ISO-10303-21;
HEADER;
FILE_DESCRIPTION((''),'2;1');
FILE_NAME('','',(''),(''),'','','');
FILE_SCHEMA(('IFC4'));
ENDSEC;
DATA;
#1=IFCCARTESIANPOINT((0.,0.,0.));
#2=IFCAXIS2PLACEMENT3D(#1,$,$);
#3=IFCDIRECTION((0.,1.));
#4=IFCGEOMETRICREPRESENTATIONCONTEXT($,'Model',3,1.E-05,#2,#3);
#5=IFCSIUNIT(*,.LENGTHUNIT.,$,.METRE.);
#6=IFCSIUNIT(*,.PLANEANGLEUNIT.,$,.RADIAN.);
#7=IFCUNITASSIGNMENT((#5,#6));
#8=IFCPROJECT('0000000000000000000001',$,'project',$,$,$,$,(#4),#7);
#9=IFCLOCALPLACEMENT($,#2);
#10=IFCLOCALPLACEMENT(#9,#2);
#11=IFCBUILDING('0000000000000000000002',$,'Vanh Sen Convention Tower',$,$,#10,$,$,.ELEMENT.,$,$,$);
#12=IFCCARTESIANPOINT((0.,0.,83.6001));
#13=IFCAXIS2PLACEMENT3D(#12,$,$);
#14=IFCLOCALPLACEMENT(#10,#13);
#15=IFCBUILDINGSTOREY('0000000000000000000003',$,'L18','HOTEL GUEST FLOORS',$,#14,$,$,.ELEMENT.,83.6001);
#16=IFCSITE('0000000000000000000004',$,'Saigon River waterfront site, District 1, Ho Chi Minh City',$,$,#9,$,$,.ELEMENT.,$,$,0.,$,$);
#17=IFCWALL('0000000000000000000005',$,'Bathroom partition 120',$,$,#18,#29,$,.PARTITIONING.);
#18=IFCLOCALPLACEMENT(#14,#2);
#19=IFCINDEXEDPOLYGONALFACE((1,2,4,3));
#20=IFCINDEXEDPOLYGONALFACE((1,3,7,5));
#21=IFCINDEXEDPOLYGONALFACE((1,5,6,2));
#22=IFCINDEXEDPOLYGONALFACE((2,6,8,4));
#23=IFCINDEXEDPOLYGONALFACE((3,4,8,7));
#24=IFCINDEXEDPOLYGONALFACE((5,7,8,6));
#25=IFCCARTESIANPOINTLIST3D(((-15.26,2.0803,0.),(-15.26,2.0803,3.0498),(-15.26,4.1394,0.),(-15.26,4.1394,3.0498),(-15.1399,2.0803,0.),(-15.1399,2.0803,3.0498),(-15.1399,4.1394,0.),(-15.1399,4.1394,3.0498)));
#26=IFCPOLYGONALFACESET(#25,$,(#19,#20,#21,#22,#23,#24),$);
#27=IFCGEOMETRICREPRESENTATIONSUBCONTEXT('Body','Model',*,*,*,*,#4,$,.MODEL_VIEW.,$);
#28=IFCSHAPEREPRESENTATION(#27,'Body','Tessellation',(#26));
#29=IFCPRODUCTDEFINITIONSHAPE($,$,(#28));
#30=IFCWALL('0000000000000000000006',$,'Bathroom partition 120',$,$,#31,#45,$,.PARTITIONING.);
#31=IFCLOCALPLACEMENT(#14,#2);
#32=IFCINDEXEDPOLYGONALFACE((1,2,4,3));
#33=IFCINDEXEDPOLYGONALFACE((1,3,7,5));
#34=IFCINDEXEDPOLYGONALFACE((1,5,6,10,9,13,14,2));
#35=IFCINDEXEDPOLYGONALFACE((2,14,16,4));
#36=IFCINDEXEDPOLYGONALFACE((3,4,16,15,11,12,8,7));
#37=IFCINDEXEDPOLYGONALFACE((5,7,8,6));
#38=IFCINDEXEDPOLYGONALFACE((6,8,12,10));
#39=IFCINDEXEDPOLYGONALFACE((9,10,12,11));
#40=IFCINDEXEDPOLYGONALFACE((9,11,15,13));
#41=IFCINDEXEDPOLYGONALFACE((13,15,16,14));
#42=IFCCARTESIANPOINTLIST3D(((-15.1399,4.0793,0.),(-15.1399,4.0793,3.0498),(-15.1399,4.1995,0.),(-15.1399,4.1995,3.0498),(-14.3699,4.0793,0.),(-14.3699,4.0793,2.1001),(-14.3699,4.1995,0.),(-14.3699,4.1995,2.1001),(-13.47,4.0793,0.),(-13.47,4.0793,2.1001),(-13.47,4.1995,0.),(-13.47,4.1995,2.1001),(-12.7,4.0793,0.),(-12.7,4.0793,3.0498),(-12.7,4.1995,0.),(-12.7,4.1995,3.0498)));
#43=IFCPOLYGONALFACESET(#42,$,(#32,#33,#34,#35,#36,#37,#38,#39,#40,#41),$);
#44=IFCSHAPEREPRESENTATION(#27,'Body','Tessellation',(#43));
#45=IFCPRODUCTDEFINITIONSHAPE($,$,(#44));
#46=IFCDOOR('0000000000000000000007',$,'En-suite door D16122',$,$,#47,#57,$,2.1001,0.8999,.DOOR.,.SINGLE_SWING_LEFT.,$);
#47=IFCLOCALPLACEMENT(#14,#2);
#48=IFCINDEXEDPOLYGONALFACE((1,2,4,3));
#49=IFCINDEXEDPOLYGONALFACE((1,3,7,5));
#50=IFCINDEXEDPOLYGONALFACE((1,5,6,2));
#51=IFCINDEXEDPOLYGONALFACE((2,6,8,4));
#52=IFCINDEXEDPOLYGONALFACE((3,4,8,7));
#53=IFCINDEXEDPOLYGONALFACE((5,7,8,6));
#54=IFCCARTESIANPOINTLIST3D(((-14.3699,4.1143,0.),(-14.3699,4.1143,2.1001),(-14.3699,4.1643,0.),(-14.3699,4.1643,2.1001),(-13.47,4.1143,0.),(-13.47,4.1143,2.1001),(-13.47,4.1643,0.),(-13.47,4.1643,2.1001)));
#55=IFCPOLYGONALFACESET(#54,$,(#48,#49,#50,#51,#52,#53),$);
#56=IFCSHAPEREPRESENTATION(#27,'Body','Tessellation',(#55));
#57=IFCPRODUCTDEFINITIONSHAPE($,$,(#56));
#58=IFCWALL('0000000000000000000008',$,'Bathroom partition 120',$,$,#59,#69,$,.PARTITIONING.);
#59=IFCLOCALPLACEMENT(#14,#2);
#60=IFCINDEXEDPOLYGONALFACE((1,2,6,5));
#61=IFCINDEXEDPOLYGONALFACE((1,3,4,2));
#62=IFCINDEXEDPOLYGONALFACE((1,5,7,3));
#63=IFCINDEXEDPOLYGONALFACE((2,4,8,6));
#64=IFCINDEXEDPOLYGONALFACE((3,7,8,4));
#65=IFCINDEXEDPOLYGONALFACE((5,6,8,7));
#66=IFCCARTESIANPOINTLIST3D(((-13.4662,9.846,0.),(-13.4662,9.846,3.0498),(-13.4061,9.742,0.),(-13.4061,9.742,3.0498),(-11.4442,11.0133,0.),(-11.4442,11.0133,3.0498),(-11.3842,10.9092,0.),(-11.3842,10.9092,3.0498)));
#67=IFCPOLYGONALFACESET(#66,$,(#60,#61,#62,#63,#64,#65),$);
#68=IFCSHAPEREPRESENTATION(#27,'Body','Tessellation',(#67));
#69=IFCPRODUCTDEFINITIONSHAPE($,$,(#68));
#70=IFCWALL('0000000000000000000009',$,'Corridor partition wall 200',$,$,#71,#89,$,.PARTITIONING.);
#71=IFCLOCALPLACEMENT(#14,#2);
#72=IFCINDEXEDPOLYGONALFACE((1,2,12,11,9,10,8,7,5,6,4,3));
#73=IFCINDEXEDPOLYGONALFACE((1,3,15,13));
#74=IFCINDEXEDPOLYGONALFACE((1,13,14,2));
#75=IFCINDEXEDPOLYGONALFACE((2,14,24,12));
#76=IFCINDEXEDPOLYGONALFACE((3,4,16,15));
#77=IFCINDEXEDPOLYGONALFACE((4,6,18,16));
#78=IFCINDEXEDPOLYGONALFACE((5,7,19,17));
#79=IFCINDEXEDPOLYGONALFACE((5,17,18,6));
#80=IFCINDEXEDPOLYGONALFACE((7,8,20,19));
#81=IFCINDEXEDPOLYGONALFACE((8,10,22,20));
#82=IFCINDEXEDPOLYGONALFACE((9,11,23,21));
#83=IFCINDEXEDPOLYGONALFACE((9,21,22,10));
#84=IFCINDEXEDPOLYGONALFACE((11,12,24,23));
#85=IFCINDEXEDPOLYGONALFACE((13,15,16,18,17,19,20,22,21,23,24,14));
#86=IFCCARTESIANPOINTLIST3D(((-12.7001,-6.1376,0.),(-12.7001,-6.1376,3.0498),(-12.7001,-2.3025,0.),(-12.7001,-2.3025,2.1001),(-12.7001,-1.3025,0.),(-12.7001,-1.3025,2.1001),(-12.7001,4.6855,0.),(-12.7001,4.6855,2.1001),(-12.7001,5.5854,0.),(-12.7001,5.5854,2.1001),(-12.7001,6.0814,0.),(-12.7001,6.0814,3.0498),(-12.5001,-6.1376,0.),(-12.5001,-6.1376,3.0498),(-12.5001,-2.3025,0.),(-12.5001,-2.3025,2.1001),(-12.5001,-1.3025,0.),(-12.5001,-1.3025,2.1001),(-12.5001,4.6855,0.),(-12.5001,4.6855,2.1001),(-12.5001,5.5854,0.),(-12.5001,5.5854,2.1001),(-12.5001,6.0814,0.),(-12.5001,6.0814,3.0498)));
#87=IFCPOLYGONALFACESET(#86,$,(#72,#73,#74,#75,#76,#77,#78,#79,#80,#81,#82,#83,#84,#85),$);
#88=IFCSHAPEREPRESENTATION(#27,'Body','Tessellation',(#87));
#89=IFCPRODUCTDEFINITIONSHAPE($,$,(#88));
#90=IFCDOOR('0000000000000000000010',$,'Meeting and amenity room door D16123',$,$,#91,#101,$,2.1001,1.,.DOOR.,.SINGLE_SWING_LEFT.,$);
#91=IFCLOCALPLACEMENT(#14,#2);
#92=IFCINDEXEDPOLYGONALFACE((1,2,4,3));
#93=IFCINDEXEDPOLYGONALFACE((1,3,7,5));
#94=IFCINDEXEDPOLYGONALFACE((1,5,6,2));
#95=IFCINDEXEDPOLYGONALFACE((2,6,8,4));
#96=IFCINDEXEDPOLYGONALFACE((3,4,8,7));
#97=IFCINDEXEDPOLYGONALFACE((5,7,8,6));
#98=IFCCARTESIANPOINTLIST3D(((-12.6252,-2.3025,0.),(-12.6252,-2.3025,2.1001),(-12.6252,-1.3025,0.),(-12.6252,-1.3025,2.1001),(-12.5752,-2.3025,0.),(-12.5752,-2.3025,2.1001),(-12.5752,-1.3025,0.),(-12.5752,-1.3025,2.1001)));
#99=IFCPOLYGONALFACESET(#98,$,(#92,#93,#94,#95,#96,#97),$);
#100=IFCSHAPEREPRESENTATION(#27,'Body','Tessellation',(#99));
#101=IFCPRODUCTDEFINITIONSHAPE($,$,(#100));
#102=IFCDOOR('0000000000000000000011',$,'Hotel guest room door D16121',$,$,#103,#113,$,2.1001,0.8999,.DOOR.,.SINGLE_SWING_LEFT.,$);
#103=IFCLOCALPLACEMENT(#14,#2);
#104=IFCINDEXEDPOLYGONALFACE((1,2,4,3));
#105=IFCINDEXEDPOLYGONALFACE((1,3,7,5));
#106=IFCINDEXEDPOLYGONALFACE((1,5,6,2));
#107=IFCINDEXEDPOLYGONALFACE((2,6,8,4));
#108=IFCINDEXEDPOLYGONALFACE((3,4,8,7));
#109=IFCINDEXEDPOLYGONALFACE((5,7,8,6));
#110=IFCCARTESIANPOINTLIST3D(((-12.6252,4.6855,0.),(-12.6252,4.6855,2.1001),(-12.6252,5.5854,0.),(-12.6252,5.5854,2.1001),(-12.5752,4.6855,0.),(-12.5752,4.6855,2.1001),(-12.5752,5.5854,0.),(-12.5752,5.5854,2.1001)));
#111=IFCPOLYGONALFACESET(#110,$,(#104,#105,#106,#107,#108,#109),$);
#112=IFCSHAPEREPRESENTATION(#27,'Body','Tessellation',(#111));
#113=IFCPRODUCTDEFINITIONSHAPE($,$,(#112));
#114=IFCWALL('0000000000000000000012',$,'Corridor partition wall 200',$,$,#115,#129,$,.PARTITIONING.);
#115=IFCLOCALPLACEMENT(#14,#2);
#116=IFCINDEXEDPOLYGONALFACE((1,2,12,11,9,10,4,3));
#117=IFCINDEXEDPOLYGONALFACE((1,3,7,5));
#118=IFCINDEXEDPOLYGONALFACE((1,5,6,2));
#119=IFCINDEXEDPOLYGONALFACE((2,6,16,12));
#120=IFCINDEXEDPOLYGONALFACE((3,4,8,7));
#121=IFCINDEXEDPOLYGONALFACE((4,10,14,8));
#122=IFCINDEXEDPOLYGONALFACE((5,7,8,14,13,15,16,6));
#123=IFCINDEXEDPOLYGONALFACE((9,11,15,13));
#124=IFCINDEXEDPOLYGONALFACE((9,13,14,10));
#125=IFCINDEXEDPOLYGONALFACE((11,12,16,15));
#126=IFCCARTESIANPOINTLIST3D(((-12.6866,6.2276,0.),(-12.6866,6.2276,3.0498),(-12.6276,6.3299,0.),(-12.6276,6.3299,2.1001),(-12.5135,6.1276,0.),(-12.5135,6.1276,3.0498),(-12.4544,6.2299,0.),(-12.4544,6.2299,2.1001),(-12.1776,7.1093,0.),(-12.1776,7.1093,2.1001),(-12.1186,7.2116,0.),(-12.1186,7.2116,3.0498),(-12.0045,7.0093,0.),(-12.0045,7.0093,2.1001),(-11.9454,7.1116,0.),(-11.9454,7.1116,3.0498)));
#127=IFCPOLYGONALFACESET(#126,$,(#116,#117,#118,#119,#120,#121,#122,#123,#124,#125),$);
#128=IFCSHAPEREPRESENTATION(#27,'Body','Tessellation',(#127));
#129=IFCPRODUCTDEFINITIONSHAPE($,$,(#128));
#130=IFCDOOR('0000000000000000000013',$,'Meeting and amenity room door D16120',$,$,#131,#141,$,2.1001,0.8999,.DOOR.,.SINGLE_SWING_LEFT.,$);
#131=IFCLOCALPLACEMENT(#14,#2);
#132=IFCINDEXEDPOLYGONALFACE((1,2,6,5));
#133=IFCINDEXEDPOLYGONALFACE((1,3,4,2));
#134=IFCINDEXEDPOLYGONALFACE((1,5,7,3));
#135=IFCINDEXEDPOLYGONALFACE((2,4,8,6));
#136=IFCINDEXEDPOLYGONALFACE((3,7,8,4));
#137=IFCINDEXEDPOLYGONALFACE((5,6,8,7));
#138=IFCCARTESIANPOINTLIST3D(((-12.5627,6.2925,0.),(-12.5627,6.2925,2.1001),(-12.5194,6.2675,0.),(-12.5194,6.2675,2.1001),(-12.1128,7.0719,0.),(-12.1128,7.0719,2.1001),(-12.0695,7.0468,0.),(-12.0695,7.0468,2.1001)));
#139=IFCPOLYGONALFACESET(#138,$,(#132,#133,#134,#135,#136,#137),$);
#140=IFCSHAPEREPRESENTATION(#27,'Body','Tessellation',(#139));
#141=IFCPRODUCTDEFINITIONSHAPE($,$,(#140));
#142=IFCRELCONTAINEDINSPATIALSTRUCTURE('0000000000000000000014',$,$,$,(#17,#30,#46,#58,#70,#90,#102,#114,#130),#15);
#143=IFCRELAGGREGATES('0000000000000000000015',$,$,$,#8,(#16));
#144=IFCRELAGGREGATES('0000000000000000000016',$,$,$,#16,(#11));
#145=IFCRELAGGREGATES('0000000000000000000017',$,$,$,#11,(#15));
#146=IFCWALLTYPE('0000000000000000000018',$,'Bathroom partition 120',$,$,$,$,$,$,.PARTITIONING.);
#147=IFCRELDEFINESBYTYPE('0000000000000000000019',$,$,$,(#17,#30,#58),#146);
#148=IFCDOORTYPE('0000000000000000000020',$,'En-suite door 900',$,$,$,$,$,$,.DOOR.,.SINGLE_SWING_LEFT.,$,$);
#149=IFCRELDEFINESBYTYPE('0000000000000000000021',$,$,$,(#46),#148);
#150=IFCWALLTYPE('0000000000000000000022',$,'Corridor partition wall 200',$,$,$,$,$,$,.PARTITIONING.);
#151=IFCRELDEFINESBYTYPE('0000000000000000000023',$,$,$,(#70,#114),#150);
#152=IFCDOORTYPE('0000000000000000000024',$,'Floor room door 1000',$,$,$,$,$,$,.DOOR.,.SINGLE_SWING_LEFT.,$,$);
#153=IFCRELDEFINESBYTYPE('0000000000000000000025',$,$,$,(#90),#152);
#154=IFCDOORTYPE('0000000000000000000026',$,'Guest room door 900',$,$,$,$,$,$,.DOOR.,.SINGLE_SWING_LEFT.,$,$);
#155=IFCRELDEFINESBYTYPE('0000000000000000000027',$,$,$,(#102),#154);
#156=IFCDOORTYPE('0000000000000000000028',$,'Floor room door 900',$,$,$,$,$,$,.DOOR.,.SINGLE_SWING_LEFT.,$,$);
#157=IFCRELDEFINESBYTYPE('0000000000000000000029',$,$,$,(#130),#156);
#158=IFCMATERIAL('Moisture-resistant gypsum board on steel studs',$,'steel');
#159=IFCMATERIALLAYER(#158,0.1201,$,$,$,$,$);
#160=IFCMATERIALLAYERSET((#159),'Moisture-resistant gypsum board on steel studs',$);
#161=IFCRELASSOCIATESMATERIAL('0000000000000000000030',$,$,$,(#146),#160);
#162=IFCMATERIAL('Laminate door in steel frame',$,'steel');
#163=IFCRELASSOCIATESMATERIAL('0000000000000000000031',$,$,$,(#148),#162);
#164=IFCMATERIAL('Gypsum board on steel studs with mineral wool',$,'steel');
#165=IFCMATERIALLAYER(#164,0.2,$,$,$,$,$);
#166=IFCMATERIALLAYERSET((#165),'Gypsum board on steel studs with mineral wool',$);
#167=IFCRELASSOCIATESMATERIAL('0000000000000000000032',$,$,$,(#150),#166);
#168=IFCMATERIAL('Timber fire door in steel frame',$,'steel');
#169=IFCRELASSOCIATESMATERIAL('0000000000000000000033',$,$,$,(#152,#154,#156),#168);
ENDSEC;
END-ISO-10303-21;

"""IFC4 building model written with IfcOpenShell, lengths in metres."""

from ifc_helpers import new_model, si_unit, direction, frame, frame_2d, origin, place, context, subcontext, project, spatial, rectangle, extrude, material, layer, layer_set, type_object, element, fill, save


model = new_model("IFC4")

# Units and contexts
model_context = context("Model", 3, precision=1e-05, world=origin(), true_north=direction((0.0, 1.0)))
body_context = subcontext(model_context, "Body", "Model", "MODEL_VIEW")
ifc_project = project(units=[si_unit("LENGTHUNIT", "METRE"), si_unit("PLANEANGLEUNIT", "RADIAN")], contexts=[model_context])

# Site, building, storey
site_placement = place(None, origin())
site = spatial("IfcSite", under=ifc_project, at=site_placement, Name="Saigon River waterfront site, District 1, Ho Chi Minh City", CompositionType="ELEMENT", RefElevation=0.0)
building_placement = place(site_placement, origin())
building = spatial("IfcBuilding", under=site, at=building_placement, Name="Vanh Sen Convention Tower", CompositionType="ELEMENT")
storey_placement = place(building_placement, frame((0.0, 0.0, 83.6001)))
storey = spatial("IfcBuildingStorey", under=building, at=storey_placement, Name="L18", Description="HOTEL GUEST FLOORS", CompositionType="ELEMENT", Elevation=83.6001)

# Wall
ifc_material_1 = material(Name="Moisture-resistant gypsum board on steel studs", Category="steel")
ifc_layer_1 = layer(ifc_material_1, 0.1201)
ifc_layer_set_1 = layer_set([ifc_layer_1], Name="Moisture-resistant gypsum board on steel studs")
wall_type_1 = type_object("IfcWallType", Name="Bathroom partition 120", PredefinedType="PARTITIONING", material=ifc_layer_set_1)
wall_1_placement = place(storey_placement, frame((-15.2, 2.0803, 0.0), z_axis=(0.0, 0.0, 1.0), x_axis=(0.0, 1.0, 0.0)))
element("IfcWall", 1, at=wall_1_placement, inside=storey, type_object=wall_type_1, Name="Bathroom partition 120", PredefinedType="PARTITIONING", context=body_context, shape_type="SweptSolid", body=[
    extrude(rectangle(XDim=2.0591, YDim=0.1201, at=frame_2d((1.0295, 0.0))), origin(), (0.0, 0.0, 1.0), 3.0498),
])

# Wall, opening, door
wall_2_placement = place(storey_placement, frame((-15.1399, 4.1394, 0.0), z_axis=(0.0, 0.0, 1.0), x_axis=(1.0, 0.0, 0.0)))
wall_2 = element("IfcWall", 2, at=wall_2_placement, inside=storey, type_object=wall_type_1, Name="Bathroom partition 120", PredefinedType="PARTITIONING", context=body_context, shape_type="SweptSolid", body=[
    extrude(rectangle(XDim=2.4399, YDim=0.1201, at=frame_2d((1.22, 0.0))), origin(), (0.0, 0.0, 1.0), 3.0498),
])
opening_1_placement = place(wall_2_placement, frame((0.77, 0.0, 0.0)))
opening_1 = element("IfcOpeningElement", 3, at=opening_1_placement, cuts=wall_2, PredefinedType="OPENING", context=body_context, shape_type="SweptSolid", body=[
    extrude(rectangle(XDim=0.8999, YDim=2.1001, at=frame_2d((0.45, 1.05))), frame((0.0, 0.0701, 0.0), z_axis=(0.0, -1.0, 0.0), x_axis=(1.0, 0.0, 0.0)), (0.0, 0.0, 1.0), 0.1401),
])
ifc_material_2 = material(Name="Laminate door in steel frame", Category="steel")
door_type_1 = type_object("IfcDoorType", Name="En-suite door 900", OperationType="SINGLE_SWING_LEFT", PredefinedType="DOOR", material=ifc_material_2)
door_1_placement = place(opening_1_placement, origin())
door_1 = element("IfcDoor", 4, at=door_1_placement, inside=storey, type_object=door_type_1, Name="En-suite door D16122", OperationType="SINGLE_SWING_LEFT", OverallHeight=2.1001, OverallWidth=0.8999, PredefinedType="DOOR", context=body_context, shape_type="SweptSolid", body=[
    extrude(rectangle(XDim=0.8999, YDim=2.1001, at=frame_2d((0.45, 1.05))), frame((0.0, 0.0249, 0.0), z_axis=(0.0, -1.0, 0.0), x_axis=(1.0, 0.0, 0.0)), (0.0, 0.0, 1.0), 0.05),
])
fill(opening_1, door_1)

# Wall
wall_3_placement = place(storey_placement, frame((-13.4363, 9.7939, 0.0), z_axis=(0.0, 0.0, 1.0), x_axis=(0.866053, 0.499952, 0.0)))
element("IfcWall", 5, at=wall_3_placement, inside=storey, type_object=wall_type_1, Name="Bathroom partition 120", PredefinedType="PARTITIONING", context=body_context, shape_type="SweptSolid", body=[
    extrude(rectangle(XDim=2.3347, YDim=0.1201, at=frame_2d((1.1675, 0.0))), origin(), (0.0, 0.0, 1.0), 3.0498),
])

# Wall, openings, doors
ifc_material_3 = material(Name="Gypsum board on steel studs with mineral wool", Category="steel")
ifc_layer_2 = layer(ifc_material_3, 0.2)
ifc_layer_set_2 = layer_set([ifc_layer_2], Name="Gypsum board on steel studs with mineral wool")
wall_type_2 = type_object("IfcWallType", Name="Corridor partition wall 200", PredefinedType="PARTITIONING", material=ifc_layer_set_2)
wall_4_placement = place(storey_placement, frame((-12.6001, 6.0813, 0.0), z_axis=(0.0, 0.0, 1.0), x_axis=(0.0, -1.0, 0.0)))
wall_4 = element("IfcWall", 6, at=wall_4_placement, inside=storey, type_object=wall_type_2, Name="Corridor partition wall 200", PredefinedType="PARTITIONING", context=body_context, shape_type="SweptSolid", body=[
    extrude(rectangle(XDim=12.219, YDim=0.2, at=frame_2d((6.1094, 0.0))), origin(), (0.0, 0.0, 1.0), 3.0498),
])
opening_2_placement = place(wall_4_placement, frame((0.4958, 0.0, 0.0)))
opening_2 = element("IfcOpeningElement", 7, at=opening_2_placement, cuts=wall_4, PredefinedType="OPENING", context=body_context, shape_type="SweptSolid", body=[
    extrude(rectangle(XDim=0.8999, YDim=2.1001, at=frame_2d((0.45, 1.05))), frame((0.0, 0.1099, 0.0), z_axis=(0.0, -1.0, 0.0), x_axis=(1.0, 0.0, 0.0)), (0.0, 0.0, 1.0), 0.22),
])
opening_3_placement = place(wall_4_placement, frame((7.3838, 0.0, 0.0)))
opening_3 = element("IfcOpeningElement", 8, at=opening_3_placement, cuts=wall_4, PredefinedType="OPENING", context=body_context, shape_type="SweptSolid", body=[
    extrude(rectangle(XDim=1.0, YDim=2.1001, at=frame_2d((0.5, 1.05))), frame((0.0, 0.1099, 0.0), z_axis=(0.0, -1.0, 0.0), x_axis=(1.0, 0.0, 0.0)), (0.0, 0.0, 1.0), 0.22),
])
ifc_material_4 = material(Name="Timber fire door in steel frame", Category="steel")
door_type_2 = type_object("IfcDoorType", Name="Floor room door 1000", OperationType="SINGLE_SWING_LEFT", PredefinedType="DOOR", material=ifc_material_4)
door_2_placement = place(opening_3_placement, origin())
door_2 = element("IfcDoor", 9, at=door_2_placement, inside=storey, type_object=door_type_2, Name="Meeting and amenity room door D16123", OperationType="SINGLE_SWING_LEFT", OverallHeight=2.1001, OverallWidth=1.0, PredefinedType="DOOR", context=body_context, shape_type="SweptSolid", body=[
    extrude(rectangle(XDim=1.0, YDim=2.1001, at=frame_2d((0.5, 1.05))), frame((0.0, 0.0249, 0.0), z_axis=(0.0, -1.0, 0.0), x_axis=(1.0, 0.0, 0.0)), (0.0, 0.0, 1.0), 0.05),
])
fill(opening_3, door_2)
door_type_3 = type_object("IfcDoorType", Name="Guest room door 900", OperationType="SINGLE_SWING_LEFT", PredefinedType="DOOR", material=ifc_material_4)
door_3_placement = place(opening_2_placement, origin())
door_3 = element("IfcDoor", 10, at=door_3_placement, inside=storey, type_object=door_type_3, Name="Hotel guest room door D16121", OperationType="SINGLE_SWING_LEFT", OverallHeight=2.1001, OverallWidth=0.8999, PredefinedType="DOOR", context=body_context, shape_type="SweptSolid", body=[
    extrude(rectangle(XDim=0.8999, YDim=2.1001, at=frame_2d((0.45, 1.05))), frame((0.0, 0.0249, 0.0), z_axis=(0.0, -1.0, 0.0), x_axis=(1.0, 0.0, 0.0)), (0.0, 0.0, 1.0), 0.05),
])
fill(opening_2, door_3)

# Wall, opening, door
wall_5_placement = place(storey_placement, frame((-12.032, 7.1616, 0.0), z_axis=(0.0, 0.0, 1.0), x_axis=(-0.499952, -0.866053, 0.0)))
wall_5 = element("IfcWall", 11, at=wall_5_placement, inside=storey, type_object=wall_type_2, Name="Corridor partition wall 200", PredefinedType="PARTITIONING", context=body_context, shape_type="SweptSolid", body=[
    extrude(rectangle(XDim=1.1362, YDim=0.2, at=frame_2d((0.5681, 0.0))), origin(), (0.0, 0.0, 1.0), 3.0498),
])
opening_4_placement = place(wall_5_placement, frame((0.1182, 0.0, 0.0)))
opening_4 = element("IfcOpeningElement", 12, at=opening_4_placement, cuts=wall_5, PredefinedType="OPENING", context=body_context, shape_type="SweptSolid", body=[
    extrude(rectangle(XDim=0.8999, YDim=2.1001, at=frame_2d((0.45, 1.05))), frame((0.0, 0.1099, 0.0), z_axis=(0.0, -1.0, 0.0), x_axis=(1.0, 0.0, 0.0)), (0.0, 0.0, 1.0), 0.22),
])
door_type_4 = type_object("IfcDoorType", Name="Floor room door 900", OperationType="SINGLE_SWING_LEFT", PredefinedType="DOOR", material=ifc_material_4)
door_4_placement = place(opening_4_placement, origin())
door_4 = element("IfcDoor", 13, at=door_4_placement, inside=storey, type_object=door_type_4, Name="Meeting and amenity room door D16120", OperationType="SINGLE_SWING_LEFT", OverallHeight=2.1001, OverallWidth=0.8999, PredefinedType="DOOR", context=body_context, shape_type="SweptSolid", body=[
    extrude(rectangle(XDim=0.8999, YDim=2.1001, at=frame_2d((0.45, 1.05))), frame((0.0, 0.0249, 0.0), z_axis=(0.0, -1.0, 0.0), x_axis=(1.0, 0.0, 0.0)), (0.0, 0.0, 1.0), 0.05),
])
fill(opening_4, door_4)

save(model, "model.ifc")
